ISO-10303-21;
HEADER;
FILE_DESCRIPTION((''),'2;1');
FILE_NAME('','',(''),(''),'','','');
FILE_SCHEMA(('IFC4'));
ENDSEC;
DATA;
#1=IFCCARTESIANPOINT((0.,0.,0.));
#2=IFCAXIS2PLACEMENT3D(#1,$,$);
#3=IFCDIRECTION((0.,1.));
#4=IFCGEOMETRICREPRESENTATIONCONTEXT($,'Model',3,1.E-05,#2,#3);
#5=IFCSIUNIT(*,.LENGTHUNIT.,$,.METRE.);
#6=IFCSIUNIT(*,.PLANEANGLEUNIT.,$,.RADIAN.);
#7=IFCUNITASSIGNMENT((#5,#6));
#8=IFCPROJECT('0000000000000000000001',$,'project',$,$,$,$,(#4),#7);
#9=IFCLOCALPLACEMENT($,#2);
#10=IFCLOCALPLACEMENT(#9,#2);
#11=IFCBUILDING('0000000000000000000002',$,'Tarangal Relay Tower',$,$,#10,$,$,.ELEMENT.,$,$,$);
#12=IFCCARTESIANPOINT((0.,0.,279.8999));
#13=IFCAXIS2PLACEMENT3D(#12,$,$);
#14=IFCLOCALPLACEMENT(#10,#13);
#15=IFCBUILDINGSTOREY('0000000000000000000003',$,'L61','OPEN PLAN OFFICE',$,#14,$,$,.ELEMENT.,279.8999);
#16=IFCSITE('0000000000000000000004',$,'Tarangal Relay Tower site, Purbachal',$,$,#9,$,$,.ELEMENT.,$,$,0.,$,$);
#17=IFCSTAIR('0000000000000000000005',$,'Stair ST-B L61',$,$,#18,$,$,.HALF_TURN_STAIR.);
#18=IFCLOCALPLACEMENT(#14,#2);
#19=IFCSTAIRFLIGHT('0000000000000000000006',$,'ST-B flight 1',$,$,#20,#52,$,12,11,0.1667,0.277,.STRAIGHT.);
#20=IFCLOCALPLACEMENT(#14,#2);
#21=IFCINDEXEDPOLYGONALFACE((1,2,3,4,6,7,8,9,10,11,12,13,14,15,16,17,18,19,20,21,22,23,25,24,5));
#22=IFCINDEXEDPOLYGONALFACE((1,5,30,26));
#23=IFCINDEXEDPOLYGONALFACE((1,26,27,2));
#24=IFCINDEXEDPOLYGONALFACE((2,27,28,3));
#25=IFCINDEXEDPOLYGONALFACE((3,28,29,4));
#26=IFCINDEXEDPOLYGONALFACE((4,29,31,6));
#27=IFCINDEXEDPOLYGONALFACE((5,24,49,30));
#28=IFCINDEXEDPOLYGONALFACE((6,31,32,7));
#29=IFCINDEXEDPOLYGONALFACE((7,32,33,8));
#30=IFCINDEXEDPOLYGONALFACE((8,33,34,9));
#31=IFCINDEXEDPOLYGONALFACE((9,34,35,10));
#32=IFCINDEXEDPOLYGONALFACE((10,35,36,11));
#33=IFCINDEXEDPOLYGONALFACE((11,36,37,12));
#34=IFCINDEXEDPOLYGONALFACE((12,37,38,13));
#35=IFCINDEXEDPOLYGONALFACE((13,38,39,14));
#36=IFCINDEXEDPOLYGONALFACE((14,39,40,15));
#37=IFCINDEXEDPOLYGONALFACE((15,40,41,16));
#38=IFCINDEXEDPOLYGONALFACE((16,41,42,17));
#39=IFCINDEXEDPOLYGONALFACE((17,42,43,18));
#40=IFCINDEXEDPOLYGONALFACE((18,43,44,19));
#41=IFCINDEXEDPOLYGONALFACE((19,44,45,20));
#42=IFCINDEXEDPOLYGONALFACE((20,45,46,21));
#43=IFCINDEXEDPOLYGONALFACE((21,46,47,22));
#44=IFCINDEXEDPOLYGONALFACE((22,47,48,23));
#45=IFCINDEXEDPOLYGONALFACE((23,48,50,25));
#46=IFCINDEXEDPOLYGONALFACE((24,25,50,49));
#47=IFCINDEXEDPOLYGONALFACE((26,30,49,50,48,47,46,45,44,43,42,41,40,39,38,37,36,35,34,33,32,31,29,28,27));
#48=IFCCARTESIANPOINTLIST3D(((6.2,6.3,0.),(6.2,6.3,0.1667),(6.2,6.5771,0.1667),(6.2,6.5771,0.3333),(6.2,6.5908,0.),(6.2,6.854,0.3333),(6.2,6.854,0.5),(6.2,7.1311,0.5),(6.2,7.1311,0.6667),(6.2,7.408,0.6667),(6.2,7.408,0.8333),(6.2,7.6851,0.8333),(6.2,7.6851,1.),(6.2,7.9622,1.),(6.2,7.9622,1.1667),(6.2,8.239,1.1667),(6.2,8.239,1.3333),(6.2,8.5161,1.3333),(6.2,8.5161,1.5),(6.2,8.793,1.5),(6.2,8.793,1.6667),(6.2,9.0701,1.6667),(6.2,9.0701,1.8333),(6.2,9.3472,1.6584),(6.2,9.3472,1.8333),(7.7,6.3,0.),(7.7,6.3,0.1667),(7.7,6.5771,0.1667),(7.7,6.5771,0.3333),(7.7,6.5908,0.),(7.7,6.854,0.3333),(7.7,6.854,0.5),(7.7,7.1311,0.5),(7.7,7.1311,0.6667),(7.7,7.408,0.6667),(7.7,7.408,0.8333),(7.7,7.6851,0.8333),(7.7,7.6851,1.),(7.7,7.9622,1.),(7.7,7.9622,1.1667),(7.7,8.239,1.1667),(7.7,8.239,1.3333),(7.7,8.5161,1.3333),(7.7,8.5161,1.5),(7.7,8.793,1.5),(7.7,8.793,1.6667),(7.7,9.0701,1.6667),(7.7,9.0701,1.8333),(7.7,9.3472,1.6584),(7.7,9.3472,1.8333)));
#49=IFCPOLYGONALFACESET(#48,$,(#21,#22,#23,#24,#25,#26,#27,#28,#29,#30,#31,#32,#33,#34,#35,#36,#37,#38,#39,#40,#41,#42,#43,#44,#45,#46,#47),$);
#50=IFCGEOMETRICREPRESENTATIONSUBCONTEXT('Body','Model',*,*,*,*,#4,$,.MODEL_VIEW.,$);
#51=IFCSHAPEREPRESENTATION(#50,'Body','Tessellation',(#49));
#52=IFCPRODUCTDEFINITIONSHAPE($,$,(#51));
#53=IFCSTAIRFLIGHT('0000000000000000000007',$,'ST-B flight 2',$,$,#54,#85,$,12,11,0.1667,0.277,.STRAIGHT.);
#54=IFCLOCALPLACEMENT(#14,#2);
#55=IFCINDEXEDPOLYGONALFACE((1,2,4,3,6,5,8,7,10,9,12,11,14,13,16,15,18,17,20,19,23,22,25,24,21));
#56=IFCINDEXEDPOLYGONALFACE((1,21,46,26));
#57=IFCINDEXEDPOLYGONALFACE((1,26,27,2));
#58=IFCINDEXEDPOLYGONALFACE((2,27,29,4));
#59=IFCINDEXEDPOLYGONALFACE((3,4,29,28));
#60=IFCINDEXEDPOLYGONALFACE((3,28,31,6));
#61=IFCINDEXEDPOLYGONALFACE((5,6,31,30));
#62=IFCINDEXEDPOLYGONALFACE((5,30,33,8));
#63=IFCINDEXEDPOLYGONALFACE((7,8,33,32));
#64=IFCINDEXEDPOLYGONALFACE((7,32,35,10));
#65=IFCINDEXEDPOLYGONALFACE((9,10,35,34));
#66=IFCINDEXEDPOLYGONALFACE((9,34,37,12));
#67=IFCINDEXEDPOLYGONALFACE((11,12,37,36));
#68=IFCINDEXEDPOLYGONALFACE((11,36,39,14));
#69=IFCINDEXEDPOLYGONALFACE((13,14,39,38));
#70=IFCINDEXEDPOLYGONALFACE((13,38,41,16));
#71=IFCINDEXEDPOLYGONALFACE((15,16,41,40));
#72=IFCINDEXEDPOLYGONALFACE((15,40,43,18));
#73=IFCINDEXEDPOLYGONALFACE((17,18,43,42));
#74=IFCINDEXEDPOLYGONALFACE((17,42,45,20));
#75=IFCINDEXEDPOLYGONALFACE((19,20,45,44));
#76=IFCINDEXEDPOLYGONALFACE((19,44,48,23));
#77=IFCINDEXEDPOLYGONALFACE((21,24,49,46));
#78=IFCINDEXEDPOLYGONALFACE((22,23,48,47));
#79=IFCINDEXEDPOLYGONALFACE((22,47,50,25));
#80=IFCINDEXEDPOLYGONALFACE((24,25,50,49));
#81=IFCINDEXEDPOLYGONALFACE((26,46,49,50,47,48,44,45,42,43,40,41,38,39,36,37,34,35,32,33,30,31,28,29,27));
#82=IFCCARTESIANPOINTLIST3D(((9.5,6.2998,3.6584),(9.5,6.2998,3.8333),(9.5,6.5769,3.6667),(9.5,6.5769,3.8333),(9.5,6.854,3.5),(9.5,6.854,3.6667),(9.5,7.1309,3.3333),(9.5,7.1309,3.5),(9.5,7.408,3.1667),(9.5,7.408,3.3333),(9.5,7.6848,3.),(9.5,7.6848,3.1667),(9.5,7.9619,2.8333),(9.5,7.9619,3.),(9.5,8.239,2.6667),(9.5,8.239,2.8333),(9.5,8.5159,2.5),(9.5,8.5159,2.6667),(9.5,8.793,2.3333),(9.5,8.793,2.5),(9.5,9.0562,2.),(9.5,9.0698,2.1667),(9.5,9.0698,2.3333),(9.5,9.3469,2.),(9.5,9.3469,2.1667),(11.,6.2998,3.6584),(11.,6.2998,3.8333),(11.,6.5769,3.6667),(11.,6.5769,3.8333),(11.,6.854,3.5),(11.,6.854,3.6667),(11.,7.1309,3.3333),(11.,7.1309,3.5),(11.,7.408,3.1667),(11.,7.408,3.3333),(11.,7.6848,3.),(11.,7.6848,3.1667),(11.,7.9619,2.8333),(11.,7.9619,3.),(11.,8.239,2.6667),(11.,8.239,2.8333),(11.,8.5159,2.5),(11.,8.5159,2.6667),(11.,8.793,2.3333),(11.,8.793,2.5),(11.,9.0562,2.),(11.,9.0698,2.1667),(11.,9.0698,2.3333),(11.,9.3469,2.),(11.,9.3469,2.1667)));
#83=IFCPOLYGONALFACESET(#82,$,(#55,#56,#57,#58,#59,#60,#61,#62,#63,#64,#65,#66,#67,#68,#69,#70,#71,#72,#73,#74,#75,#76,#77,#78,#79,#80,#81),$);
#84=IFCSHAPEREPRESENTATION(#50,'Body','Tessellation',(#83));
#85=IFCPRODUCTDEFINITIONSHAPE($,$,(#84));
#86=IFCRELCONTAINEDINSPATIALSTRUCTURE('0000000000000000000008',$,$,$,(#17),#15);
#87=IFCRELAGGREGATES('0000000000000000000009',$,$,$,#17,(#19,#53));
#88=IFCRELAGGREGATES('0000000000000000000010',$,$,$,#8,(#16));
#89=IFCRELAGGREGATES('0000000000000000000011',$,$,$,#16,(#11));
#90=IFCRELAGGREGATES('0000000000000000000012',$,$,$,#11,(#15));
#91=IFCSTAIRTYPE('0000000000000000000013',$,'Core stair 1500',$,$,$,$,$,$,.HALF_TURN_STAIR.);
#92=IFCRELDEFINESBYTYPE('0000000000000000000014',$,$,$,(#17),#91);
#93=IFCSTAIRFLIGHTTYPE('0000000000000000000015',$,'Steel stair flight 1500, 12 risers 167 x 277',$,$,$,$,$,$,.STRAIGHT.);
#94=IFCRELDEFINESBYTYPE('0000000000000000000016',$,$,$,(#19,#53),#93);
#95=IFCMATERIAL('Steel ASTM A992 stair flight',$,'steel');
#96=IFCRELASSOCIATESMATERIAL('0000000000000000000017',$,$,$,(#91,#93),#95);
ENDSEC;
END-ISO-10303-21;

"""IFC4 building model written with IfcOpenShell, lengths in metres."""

from ifc_helpers import new_model, si_unit, direction, frame, origin, place, context, subcontext, project, spatial, polyline, outline, extrude, material, type_object, element, aggregate, save


model = new_model("IFC4")

# Units and contexts
model_context = context("Model", 3, precision=1e-05, world=origin(), true_north=direction((0.0, 1.0)))
body_context = subcontext(model_context, "Body", "Model", "MODEL_VIEW")
ifc_project = project(units=[si_unit("LENGTHUNIT", "METRE"), si_unit("PLANEANGLEUNIT", "RADIAN")], contexts=[model_context])

# Site, building, storey
site_placement = place(None, origin())
site = spatial("IfcSite", under=ifc_project, at=site_placement, Name="Tarangal Relay Tower site, Purbachal", CompositionType="ELEMENT", RefElevation=0.0)
building_placement = place(site_placement, origin())
building = spatial("IfcBuilding", under=site, at=building_placement, Name="Tarangal Relay Tower", CompositionType="ELEMENT")
storey_placement = place(building_placement, frame((0.0, 0.0, 279.8999)))
storey = spatial("IfcBuildingStorey", under=building, at=storey_placement, Name="L61", Description="OPEN PLAN OFFICE", CompositionType="ELEMENT", Elevation=279.8999)

# Stair
ifc_material_1 = material(Name="Steel ASTM A992 stair flight", Category="steel")
stair_type = type_object("IfcStairType", Name="Core stair 1500", PredefinedType="HALF_TURN_STAIR", material=ifc_material_1)
stair_1_placement = place(storey_placement, origin())
stair_1 = element("IfcStair", 1, at=stair_1_placement, inside=storey, type_object=stair_type, Name="Stair ST-B L61", PredefinedType="HALF_TURN_STAIR")

# Stair flights
stair_flight_type = type_object("IfcStairFlightType", Name="Steel stair flight 1500, 12 risers 167 x 277", PredefinedType="STRAIGHT", material=ifc_material_1)
stair_flight_1_placement = place(storey_placement, frame((6.95, 6.3, 0.0), z_axis=(0.0, 0.0, 1.0), x_axis=(0.0, 1.0, 0.0)))
stair_flight_1 = element("IfcStairFlight", 2, at=stair_flight_1_placement, type_object=stair_flight_type, Name="ST-B flight 1", NumberOfRisers=12, NumberOfTreads=11, PredefinedType="STRAIGHT", RiserHeight=0.1667, TreadLength=0.277, context=body_context, shape_type="SweptSolid", body=[
    extrude(outline(polyline([(0.0, 0.0), (0.0, 0.1667), (0.2771, 0.1667), (0.2771, 0.3333), (0.554, 0.3333), (0.554, 0.5), (0.8311, 0.5), (0.8311, 0.6667), (1.1079, 0.6667), (1.1079, 0.8333), (1.385, 0.8333), (1.385, 1.0), (1.6621, 1.0), (1.6621, 1.1667), (1.939, 1.1667), (1.939, 1.3333), (2.2161, 1.3333), (2.2161, 1.5), (2.4929, 1.5), (2.4929, 1.6667), (2.77, 1.6667), (2.77, 1.8333), (3.0471, 1.8333), (3.0471, 2.0), (3.0471, 1.6584), (0.2908, 0.0), (0.0, 0.0)])), frame((0.0, 0.75, 0.0), z_axis=(0.0, -1.0, 0.0), x_axis=(1.0, 0.0, 0.0)), (0.0, 0.0, 1.0), 1.5),
])
stair_flight_2_placement = place(storey_placement, frame((10.25, 9.3469, 2.0), z_axis=(0.0, 0.0, 1.0), x_axis=(0.0, -1.0, 0.0)))
stair_flight_2 = element("IfcStairFlight", 3, at=stair_flight_2_placement, type_object=stair_flight_type, Name="ST-B flight 2", NumberOfRisers=12, NumberOfTreads=11, PredefinedType="STRAIGHT", RiserHeight=0.1667, TreadLength=0.277, context=body_context, shape_type="SweptSolid", body=[
    extrude(outline(polyline([(0.0, 0.0), (0.0, 0.1667), (0.2771, 0.1667), (0.2771, 0.3333), (0.554, 0.3333), (0.554, 0.5), (0.8311, 0.5), (0.8311, 0.6667), (1.1079, 0.6667), (1.1079, 0.8333), (1.385, 0.8333), (1.385, 1.0), (1.6621, 1.0), (1.6621, 1.1667), (1.939, 1.1667), (1.939, 1.3333), (2.2161, 1.3333), (2.2161, 1.5), (2.4929, 1.5), (2.4929, 1.6667), (2.77, 1.6667), (2.77, 1.8333), (3.0471, 1.8333), (3.0471, 2.0), (3.0471, 1.6584), (0.2908, 0.0), (0.0, 0.0)])), frame((0.0, 0.75, 0.0), z_axis=(0.0, -1.0, 0.0), x_axis=(1.0, 0.0, 0.0)), (0.0, 0.0, 1.0), 1.5),
])
aggregate(stair_1, [stair_flight_1, stair_flight_2])

save(model, "model.ifc")
